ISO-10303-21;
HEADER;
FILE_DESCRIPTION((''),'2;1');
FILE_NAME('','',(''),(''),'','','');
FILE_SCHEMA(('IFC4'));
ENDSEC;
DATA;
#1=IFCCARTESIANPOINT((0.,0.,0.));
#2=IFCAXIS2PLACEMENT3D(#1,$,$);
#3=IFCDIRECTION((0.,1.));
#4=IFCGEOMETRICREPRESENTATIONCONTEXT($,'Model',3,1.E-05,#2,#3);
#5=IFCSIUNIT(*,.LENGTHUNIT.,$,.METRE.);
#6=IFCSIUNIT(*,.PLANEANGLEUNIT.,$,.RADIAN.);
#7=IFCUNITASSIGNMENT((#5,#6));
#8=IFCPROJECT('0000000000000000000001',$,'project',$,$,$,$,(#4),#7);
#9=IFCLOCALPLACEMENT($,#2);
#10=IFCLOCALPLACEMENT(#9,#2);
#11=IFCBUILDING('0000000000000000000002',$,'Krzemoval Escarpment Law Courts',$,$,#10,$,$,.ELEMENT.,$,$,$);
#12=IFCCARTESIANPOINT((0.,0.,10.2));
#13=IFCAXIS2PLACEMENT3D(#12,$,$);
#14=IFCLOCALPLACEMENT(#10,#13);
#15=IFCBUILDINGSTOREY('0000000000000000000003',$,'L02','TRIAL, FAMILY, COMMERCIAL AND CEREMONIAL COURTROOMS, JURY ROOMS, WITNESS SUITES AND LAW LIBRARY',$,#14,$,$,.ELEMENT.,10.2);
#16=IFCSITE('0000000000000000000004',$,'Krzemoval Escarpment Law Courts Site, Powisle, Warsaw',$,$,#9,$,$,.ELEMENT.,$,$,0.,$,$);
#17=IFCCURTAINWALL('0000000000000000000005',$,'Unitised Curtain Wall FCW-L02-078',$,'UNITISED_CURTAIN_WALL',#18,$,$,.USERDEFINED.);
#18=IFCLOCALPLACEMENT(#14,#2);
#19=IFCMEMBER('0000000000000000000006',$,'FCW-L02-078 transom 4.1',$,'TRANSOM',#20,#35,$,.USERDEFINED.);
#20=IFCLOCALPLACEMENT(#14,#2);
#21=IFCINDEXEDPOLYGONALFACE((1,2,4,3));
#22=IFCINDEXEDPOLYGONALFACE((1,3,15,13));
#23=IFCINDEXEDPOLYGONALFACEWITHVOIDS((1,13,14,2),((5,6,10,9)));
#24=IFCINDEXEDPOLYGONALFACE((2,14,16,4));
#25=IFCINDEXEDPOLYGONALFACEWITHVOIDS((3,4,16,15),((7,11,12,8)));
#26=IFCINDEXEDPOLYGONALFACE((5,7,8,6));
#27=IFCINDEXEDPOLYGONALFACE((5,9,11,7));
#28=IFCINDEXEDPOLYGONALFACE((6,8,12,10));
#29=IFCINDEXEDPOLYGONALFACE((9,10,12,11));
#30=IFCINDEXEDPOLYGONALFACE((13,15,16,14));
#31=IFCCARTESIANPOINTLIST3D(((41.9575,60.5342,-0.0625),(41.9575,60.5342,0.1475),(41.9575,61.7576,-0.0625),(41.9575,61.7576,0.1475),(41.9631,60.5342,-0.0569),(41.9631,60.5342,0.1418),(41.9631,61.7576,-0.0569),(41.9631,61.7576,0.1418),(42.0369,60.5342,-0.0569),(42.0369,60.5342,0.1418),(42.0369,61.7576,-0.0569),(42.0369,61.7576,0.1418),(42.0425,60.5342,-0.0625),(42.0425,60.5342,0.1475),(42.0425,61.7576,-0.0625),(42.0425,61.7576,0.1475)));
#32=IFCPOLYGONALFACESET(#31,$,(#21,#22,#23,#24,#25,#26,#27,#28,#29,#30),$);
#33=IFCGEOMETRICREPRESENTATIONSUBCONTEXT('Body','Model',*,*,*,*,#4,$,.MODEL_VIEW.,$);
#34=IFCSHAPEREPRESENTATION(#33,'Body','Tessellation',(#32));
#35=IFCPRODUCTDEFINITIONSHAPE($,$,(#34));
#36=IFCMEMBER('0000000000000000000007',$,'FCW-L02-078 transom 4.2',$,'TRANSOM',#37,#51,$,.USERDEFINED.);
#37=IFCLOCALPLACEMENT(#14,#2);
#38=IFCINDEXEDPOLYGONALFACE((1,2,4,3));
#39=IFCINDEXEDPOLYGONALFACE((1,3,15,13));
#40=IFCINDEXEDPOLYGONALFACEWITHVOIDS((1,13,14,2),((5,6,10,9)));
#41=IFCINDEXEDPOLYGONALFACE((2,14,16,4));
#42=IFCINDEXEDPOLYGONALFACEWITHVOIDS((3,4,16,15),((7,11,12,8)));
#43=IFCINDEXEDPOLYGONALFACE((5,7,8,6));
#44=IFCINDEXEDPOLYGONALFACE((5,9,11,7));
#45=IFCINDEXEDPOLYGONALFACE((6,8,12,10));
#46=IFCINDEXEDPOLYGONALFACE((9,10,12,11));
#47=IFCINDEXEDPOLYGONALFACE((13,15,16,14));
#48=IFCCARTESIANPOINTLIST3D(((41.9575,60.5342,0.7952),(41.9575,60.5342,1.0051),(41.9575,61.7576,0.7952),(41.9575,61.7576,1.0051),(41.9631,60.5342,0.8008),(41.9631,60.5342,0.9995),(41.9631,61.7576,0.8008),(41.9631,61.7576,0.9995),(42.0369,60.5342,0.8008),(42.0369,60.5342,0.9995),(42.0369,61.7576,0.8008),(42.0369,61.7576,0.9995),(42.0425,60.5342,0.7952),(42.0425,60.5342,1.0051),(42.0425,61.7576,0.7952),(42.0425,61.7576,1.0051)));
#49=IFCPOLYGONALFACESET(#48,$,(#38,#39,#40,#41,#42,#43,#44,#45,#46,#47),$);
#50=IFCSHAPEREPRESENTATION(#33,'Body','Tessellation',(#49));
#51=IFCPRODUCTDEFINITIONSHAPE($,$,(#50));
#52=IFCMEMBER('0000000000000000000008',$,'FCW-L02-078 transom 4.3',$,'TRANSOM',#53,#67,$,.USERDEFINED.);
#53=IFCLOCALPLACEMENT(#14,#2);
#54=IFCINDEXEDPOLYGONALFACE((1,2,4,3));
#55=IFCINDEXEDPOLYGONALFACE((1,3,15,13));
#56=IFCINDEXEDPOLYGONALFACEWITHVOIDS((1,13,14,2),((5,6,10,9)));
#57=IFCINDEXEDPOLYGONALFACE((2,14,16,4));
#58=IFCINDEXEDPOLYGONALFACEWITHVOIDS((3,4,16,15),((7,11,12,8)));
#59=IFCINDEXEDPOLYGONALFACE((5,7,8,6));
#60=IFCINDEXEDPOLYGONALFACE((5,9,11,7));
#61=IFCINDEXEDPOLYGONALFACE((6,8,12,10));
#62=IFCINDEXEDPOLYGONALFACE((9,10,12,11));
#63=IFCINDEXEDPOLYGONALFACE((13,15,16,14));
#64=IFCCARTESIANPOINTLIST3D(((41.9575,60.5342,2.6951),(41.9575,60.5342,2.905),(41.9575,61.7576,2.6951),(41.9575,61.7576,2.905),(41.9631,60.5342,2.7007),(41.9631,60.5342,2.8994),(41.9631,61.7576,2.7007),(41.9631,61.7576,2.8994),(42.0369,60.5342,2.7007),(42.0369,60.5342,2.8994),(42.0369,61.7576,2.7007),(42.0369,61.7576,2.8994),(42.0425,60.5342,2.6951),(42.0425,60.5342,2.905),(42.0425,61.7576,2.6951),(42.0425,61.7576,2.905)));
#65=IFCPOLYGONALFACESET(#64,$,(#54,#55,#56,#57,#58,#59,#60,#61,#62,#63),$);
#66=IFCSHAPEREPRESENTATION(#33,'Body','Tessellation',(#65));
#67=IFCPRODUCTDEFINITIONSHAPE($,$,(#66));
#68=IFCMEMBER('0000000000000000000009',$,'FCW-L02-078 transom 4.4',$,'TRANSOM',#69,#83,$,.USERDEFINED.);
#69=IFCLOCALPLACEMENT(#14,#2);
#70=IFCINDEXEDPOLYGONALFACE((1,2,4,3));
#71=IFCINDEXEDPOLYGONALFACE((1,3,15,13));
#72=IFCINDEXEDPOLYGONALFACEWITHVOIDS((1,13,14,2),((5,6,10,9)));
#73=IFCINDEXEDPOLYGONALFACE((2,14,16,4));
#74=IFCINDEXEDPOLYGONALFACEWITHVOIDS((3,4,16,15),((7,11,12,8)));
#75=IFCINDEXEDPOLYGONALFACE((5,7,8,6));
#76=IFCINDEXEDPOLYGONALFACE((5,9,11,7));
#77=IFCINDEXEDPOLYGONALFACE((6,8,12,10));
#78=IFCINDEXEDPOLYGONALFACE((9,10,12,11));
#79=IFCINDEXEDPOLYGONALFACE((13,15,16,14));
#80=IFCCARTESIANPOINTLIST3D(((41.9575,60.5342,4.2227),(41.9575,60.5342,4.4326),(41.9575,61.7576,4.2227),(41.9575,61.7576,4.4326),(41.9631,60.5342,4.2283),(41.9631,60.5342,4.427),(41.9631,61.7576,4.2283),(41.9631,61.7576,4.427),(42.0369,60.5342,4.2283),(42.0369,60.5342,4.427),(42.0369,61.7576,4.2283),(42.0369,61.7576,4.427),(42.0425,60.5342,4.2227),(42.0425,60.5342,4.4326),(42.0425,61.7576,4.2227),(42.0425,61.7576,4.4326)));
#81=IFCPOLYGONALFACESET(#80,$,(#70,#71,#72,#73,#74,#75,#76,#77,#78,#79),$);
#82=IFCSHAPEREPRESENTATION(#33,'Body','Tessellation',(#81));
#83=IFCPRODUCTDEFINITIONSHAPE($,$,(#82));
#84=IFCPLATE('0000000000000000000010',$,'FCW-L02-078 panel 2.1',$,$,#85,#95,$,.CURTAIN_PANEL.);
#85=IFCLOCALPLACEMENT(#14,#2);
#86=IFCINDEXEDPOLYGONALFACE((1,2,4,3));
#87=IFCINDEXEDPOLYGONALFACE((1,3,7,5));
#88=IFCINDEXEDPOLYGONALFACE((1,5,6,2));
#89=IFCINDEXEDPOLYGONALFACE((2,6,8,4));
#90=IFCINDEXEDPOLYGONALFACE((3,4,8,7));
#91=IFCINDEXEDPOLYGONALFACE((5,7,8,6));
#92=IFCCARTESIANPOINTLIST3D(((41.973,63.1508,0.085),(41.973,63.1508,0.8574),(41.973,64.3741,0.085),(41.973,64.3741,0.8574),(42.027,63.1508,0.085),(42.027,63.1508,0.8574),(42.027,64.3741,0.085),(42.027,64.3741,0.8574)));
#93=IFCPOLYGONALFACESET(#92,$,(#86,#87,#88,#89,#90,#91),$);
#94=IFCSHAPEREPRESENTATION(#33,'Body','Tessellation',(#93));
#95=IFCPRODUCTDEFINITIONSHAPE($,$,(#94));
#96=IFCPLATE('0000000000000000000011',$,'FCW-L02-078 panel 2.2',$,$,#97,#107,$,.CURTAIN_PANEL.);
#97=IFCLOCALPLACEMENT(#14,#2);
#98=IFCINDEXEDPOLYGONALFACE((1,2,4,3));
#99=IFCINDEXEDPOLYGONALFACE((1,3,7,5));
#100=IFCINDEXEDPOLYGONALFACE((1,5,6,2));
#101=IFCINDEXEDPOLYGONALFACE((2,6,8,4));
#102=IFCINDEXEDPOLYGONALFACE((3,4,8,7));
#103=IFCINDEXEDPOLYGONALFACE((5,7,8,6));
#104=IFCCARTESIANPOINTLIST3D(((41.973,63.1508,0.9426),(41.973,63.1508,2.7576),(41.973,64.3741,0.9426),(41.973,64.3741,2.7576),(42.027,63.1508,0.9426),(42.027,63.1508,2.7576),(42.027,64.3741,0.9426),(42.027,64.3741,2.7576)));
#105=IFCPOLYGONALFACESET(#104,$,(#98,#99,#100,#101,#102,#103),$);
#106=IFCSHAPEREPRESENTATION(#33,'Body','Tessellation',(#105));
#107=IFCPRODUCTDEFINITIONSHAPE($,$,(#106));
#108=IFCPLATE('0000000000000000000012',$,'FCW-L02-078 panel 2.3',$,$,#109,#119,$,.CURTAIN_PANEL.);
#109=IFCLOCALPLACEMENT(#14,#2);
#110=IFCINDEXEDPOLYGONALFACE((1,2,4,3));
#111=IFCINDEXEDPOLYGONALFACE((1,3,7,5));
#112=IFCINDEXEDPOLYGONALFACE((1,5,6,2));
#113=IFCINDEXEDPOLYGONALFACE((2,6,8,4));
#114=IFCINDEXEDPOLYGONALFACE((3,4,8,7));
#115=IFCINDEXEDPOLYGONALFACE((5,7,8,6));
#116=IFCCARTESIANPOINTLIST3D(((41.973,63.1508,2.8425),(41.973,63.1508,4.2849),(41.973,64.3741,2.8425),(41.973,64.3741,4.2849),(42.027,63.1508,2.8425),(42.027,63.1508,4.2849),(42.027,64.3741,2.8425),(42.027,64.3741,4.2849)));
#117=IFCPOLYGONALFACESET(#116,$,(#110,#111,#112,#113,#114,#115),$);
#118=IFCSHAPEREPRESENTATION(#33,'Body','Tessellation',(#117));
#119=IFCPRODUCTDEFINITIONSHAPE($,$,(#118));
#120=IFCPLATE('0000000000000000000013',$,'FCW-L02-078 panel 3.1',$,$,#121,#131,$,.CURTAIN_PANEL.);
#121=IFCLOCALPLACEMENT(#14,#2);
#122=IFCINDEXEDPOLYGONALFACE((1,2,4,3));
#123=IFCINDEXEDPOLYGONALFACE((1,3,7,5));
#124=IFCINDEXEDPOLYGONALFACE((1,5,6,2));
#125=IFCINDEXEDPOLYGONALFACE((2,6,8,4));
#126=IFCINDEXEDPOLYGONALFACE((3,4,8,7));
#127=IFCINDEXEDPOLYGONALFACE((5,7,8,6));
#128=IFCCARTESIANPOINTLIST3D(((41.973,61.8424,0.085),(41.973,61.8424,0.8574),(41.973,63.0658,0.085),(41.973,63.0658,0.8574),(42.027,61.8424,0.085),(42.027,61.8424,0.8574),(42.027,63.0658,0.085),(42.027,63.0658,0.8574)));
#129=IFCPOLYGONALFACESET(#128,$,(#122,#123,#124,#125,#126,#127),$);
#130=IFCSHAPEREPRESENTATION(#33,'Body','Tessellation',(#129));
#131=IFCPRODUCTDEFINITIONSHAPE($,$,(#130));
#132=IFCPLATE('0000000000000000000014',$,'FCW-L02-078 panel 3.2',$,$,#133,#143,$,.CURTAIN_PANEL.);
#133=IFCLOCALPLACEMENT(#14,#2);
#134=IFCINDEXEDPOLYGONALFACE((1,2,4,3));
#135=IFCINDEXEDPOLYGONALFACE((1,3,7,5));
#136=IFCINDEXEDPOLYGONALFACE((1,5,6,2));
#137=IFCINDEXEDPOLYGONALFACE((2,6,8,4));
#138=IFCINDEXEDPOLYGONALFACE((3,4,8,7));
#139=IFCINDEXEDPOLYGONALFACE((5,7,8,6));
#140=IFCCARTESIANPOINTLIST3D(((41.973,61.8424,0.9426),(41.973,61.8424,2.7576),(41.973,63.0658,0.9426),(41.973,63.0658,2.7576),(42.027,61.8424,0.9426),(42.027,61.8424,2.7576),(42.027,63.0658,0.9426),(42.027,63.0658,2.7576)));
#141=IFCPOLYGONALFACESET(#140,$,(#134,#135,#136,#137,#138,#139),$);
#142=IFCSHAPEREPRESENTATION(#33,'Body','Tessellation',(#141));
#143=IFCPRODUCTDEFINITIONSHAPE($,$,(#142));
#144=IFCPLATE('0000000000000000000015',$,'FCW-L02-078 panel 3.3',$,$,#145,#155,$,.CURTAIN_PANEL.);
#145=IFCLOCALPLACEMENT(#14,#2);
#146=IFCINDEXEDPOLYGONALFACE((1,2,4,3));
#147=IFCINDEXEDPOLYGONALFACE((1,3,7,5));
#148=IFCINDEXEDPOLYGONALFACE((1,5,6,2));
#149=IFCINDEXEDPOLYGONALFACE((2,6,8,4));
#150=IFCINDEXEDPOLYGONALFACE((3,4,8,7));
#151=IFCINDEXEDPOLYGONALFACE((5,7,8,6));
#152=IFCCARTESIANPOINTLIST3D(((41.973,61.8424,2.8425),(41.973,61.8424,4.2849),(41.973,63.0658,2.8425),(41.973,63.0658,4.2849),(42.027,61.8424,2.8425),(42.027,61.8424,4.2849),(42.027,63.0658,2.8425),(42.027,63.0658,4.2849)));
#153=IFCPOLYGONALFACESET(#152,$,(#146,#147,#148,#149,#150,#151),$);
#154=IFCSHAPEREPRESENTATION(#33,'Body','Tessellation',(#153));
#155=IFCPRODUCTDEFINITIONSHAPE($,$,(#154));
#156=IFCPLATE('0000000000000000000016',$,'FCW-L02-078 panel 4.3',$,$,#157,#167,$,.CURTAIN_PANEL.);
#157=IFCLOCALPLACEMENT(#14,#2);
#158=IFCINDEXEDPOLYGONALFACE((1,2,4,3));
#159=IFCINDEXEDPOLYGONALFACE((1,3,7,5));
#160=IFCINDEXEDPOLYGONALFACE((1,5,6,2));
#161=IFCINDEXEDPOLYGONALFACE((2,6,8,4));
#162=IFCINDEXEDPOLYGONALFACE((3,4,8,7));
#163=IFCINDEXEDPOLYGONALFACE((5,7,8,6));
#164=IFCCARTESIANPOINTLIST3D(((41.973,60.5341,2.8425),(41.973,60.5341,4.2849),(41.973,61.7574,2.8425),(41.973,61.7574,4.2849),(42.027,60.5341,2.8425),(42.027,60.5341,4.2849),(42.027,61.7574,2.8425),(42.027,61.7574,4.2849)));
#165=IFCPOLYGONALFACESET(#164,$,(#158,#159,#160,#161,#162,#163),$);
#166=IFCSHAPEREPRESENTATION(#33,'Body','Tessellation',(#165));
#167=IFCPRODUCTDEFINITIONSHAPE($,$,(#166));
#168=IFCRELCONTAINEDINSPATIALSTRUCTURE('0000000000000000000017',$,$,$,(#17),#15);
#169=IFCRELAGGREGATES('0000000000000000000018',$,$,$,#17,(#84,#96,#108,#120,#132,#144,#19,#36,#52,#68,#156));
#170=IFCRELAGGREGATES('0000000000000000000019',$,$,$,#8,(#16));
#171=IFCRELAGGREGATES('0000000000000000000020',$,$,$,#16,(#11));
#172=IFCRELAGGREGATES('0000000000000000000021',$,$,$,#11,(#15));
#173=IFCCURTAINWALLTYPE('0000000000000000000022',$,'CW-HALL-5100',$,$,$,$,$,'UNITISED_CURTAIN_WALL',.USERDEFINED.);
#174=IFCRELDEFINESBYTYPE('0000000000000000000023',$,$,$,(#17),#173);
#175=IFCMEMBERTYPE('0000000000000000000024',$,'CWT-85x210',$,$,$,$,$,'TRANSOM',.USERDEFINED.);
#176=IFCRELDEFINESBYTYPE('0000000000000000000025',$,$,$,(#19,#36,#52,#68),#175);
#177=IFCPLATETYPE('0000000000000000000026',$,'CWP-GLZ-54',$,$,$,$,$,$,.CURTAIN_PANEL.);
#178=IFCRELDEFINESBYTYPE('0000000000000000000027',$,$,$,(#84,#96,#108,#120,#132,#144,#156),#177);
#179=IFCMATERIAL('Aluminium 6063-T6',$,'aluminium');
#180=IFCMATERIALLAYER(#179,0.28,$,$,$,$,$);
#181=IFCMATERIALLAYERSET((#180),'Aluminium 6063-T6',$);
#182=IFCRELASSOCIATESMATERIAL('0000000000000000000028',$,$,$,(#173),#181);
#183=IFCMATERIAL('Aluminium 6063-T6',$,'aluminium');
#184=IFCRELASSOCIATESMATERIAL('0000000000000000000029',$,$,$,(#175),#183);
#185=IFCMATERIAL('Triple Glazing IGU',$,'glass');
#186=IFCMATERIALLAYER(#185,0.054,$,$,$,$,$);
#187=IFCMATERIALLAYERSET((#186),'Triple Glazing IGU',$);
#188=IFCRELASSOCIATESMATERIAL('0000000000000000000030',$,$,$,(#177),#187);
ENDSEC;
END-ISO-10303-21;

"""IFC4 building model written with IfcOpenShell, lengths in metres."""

from ifc_helpers import new_model, si_unit, direction, frame, origin, origin_2d, place, context, subcontext, project, spatial, rectangle, hollow_rectangle, extrude, material, layer, layer_set, material_profile, profile_set, type_object, element, aggregate, save


model = new_model("IFC4")

# Units and contexts
model_context = context("Model", 3, precision=1e-05, world=origin(), true_north=direction((0.0, 1.0)))
body_context = subcontext(model_context, "Body", "Model", "MODEL_VIEW")
ifc_project = project(units=[si_unit("LENGTHUNIT", "METRE"), si_unit("PLANEANGLEUNIT", "RADIAN")], contexts=[model_context])

# Site, building, storey
site_placement = place(None, origin())
site = spatial("IfcSite", under=ifc_project, at=site_placement, Name="Krzemoval Escarpment Law Courts Site, Powisle, Warsaw", CompositionType="ELEMENT", RefElevation=0.0)
building_placement = place(site_placement, origin())
building = spatial("IfcBuilding", under=site, at=building_placement, Name="Krzemoval Escarpment Law Courts", CompositionType="ELEMENT")
storey_placement = place(building_placement, frame((0.0, 0.0, 10.2)))
storey = spatial("IfcBuildingStorey", under=building, at=storey_placement, Name="L02", Description="TRIAL, FAMILY, COMMERCIAL AND CEREMONIAL COURTROOMS, JURY ROOMS, WITNESS SUITES AND LAW LIBRARY", CompositionType="ELEMENT", Elevation=10.2)

# Curtain wall, members, plates
ifc_material_1 = material(Name="Aluminium 6063-T6", Category="aluminium")
ifc_layer_1 = layer(ifc_material_1, 0.28)
ifc_layer_set_1 = layer_set([ifc_layer_1], Name="Aluminium 6063-T6")
curtain_wall_type = type_object("IfcCurtainWallType", Name="CW-HALL-5100", ElementType="UNITISED_CURTAIN_WALL", PredefinedType="USERDEFINED", material=ifc_layer_set_1)
curtain_wall_placement = place(storey_placement, origin())
curtain_wall = element("IfcCurtainWall", 1, at=curtain_wall_placement, inside=storey, type_object=curtain_wall_type, Name="Unitised Curtain Wall FCW-L02-078", ObjectType="UNITISED_CURTAIN_WALL", PredefinedType="USERDEFINED")
ifc_material_2 = material(Name="Aluminium 6063-T6", Category="aluminium")
ifc_material_profile_1 = material_profile(ifc_material_2, hollow_rectangle(XDim=0.085, YDim=0.21, WallThickness=0.0056, at=origin_2d()), Name="ALU T85x210")
ifc_profile_set_1 = profile_set([ifc_material_profile_1], Name="Aluminium 6063-T6")
member_type_1 = type_object("IfcMemberType", Name="CWT-85x210", ElementType="TRANSOM", PredefinedType="USERDEFINED", material=ifc_profile_set_1)
member_1_placement = place(storey_placement, frame((42.0, 61.7576, 0.0425), z_axis=(0.0, -1.0, 0.0), x_axis=(1.0, 0.0, 0.0)))
member_1 = element("IfcMember", 2, at=member_1_placement, type_object=member_type_1, Name="FCW-L02-078 transom 4.1", ObjectType="TRANSOM", PredefinedType="USERDEFINED", context=body_context, shape_type="SweptSolid", body=[
    extrude(hollow_rectangle(XDim=0.085, YDim=0.21, WallThickness=0.0056, at=origin_2d()), origin(), (0.0, 0.0, 1.0), 1.2234),
])
member_2_placement = place(storey_placement, frame((42.0, 61.7576, 0.9001), z_axis=(0.0, -1.0, 0.0), x_axis=(1.0, 0.0, 0.0)))
member_2 = element("IfcMember", 3, at=member_2_placement, type_object=member_type_1, Name="FCW-L02-078 transom 4.2", ObjectType="TRANSOM", PredefinedType="USERDEFINED", context=body_context, shape_type="SweptSolid", body=[
    extrude(hollow_rectangle(XDim=0.085, YDim=0.21, WallThickness=0.0056, at=origin_2d()), origin(), (0.0, 0.0, 1.0), 1.2234),
])
member_3_placement = place(storey_placement, frame((42.0, 61.7576, 2.8), z_axis=(0.0, -1.0, 0.0), x_axis=(1.0, 0.0, 0.0)))
member_3 = element("IfcMember", 4, at=member_3_placement, type_object=member_type_1, Name="FCW-L02-078 transom 4.3", ObjectType="TRANSOM", PredefinedType="USERDEFINED", context=body_context, shape_type="SweptSolid", body=[
    extrude(hollow_rectangle(XDim=0.085, YDim=0.21, WallThickness=0.0056, at=origin_2d()), origin(), (0.0, 0.0, 1.0), 1.2234),
])
member_4_placement = place(storey_placement, frame((42.0, 61.7576, 4.3276), z_axis=(0.0, -1.0, 0.0), x_axis=(1.0, 0.0, 0.0)))
member_4 = element("IfcMember", 5, at=member_4_placement, type_object=member_type_1, Name="FCW-L02-078 transom 4.4", ObjectType="TRANSOM", PredefinedType="USERDEFINED", context=body_context, shape_type="SweptSolid", body=[
    extrude(hollow_rectangle(XDim=0.085, YDim=0.21, WallThickness=0.0056, at=origin_2d()), origin(), (0.0, 0.0, 1.0), 1.2234),
])
ifc_material_3 = material(Name="Triple Glazing IGU", Category="glass")
ifc_layer_2 = layer(ifc_material_3, 0.054)
ifc_layer_set_2 = layer_set([ifc_layer_2], Name="Triple Glazing IGU")
plate_type = type_object("IfcPlateType", Name="CWP-GLZ-54", PredefinedType="CURTAIN_PANEL", material=ifc_layer_set_2)
plate_1_placement = place(storey_placement, frame((42.0, 63.7625, 0.085), z_axis=(0.0, 0.0, 1.0), x_axis=(0.0, -1.0, 0.0)))
plate_1 = element("IfcPlate", 6, at=plate_1_placement, type_object=plate_type, Name="FCW-L02-078 panel 2.1", PredefinedType="CURTAIN_PANEL", context=body_context, shape_type="SweptSolid", body=[
    extrude(rectangle(XDim=1.2234, YDim=0.054, at=origin_2d()), origin(), (0.0, 0.0, 1.0), 0.7725),
])
plate_2_placement = place(storey_placement, frame((42.0, 63.7625, 0.9426), z_axis=(0.0, 0.0, 1.0), x_axis=(0.0, -1.0, 0.0)))
plate_2 = element("IfcPlate", 7, at=plate_2_placement, type_object=plate_type, Name="FCW-L02-078 panel 2.2", PredefinedType="CURTAIN_PANEL", context=body_context, shape_type="SweptSolid", body=[
    extrude(rectangle(XDim=1.2234, YDim=0.054, at=origin_2d()), origin(), (0.0, 0.0, 1.0), 1.8149),
])
plate_3_placement = place(storey_placement, frame((42.0, 63.7625, 2.8425), z_axis=(0.0, 0.0, 1.0), x_axis=(0.0, -1.0, 0.0)))
plate_3 = element("IfcPlate", 8, at=plate_3_placement, type_object=plate_type, Name="FCW-L02-078 panel 2.3", PredefinedType="CURTAIN_PANEL", context=body_context, shape_type="SweptSolid", body=[
    extrude(rectangle(XDim=1.2234, YDim=0.054, at=origin_2d()), origin(), (0.0, 0.0, 1.0), 1.4424),
])
plate_4_placement = place(storey_placement, frame((42.0, 62.4541, 0.085), z_axis=(0.0, 0.0, 1.0), x_axis=(0.0, -1.0, 0.0)))
plate_4 = element("IfcPlate", 9, at=plate_4_placement, type_object=plate_type, Name="FCW-L02-078 panel 3.1", PredefinedType="CURTAIN_PANEL", context=body_context, shape_type="SweptSolid", body=[
    extrude(rectangle(XDim=1.2234, YDim=0.054, at=origin_2d()), origin(), (0.0, 0.0, 1.0), 0.7725),
])
plate_5_placement = place(storey_placement, frame((42.0, 62.4541, 0.9426), z_axis=(0.0, 0.0, 1.0), x_axis=(0.0, -1.0, 0.0)))
plate_5 = element("IfcPlate", 10, at=plate_5_placement, type_object=plate_type, Name="FCW-L02-078 panel 3.2", PredefinedType="CURTAIN_PANEL", context=body_context, shape_type="SweptSolid", body=[
    extrude(rectangle(XDim=1.2234, YDim=0.054, at=origin_2d()), origin(), (0.0, 0.0, 1.0), 1.8149),
])
plate_6_placement = place(storey_placement, frame((42.0, 62.4541, 2.8425), z_axis=(0.0, 0.0, 1.0), x_axis=(0.0, -1.0, 0.0)))
plate_6 = element("IfcPlate", 11, at=plate_6_placement, type_object=plate_type, Name="FCW-L02-078 panel 3.3", PredefinedType="CURTAIN_PANEL", context=body_context, shape_type="SweptSolid", body=[
    extrude(rectangle(XDim=1.2234, YDim=0.054, at=origin_2d()), origin(), (0.0, 0.0, 1.0), 1.4424),
])
plate_7_placement = place(storey_placement, frame((42.0, 61.1458, 2.8425), z_axis=(0.0, 0.0, 1.0), x_axis=(0.0, -1.0, 0.0)))
plate_7 = element("IfcPlate", 12, at=plate_7_placement, type_object=plate_type, Name="FCW-L02-078 panel 4.3", PredefinedType="CURTAIN_PANEL", context=body_context, shape_type="SweptSolid", body=[
    extrude(rectangle(XDim=1.2234, YDim=0.054, at=origin_2d()), origin(), (0.0, 0.0, 1.0), 1.4424),
])
aggregate(curtain_wall, [plate_1, plate_2, plate_3, plate_4, plate_5, plate_6, member_1, member_2, member_3, member_4, plate_7])

save(model, "model.ifc")
